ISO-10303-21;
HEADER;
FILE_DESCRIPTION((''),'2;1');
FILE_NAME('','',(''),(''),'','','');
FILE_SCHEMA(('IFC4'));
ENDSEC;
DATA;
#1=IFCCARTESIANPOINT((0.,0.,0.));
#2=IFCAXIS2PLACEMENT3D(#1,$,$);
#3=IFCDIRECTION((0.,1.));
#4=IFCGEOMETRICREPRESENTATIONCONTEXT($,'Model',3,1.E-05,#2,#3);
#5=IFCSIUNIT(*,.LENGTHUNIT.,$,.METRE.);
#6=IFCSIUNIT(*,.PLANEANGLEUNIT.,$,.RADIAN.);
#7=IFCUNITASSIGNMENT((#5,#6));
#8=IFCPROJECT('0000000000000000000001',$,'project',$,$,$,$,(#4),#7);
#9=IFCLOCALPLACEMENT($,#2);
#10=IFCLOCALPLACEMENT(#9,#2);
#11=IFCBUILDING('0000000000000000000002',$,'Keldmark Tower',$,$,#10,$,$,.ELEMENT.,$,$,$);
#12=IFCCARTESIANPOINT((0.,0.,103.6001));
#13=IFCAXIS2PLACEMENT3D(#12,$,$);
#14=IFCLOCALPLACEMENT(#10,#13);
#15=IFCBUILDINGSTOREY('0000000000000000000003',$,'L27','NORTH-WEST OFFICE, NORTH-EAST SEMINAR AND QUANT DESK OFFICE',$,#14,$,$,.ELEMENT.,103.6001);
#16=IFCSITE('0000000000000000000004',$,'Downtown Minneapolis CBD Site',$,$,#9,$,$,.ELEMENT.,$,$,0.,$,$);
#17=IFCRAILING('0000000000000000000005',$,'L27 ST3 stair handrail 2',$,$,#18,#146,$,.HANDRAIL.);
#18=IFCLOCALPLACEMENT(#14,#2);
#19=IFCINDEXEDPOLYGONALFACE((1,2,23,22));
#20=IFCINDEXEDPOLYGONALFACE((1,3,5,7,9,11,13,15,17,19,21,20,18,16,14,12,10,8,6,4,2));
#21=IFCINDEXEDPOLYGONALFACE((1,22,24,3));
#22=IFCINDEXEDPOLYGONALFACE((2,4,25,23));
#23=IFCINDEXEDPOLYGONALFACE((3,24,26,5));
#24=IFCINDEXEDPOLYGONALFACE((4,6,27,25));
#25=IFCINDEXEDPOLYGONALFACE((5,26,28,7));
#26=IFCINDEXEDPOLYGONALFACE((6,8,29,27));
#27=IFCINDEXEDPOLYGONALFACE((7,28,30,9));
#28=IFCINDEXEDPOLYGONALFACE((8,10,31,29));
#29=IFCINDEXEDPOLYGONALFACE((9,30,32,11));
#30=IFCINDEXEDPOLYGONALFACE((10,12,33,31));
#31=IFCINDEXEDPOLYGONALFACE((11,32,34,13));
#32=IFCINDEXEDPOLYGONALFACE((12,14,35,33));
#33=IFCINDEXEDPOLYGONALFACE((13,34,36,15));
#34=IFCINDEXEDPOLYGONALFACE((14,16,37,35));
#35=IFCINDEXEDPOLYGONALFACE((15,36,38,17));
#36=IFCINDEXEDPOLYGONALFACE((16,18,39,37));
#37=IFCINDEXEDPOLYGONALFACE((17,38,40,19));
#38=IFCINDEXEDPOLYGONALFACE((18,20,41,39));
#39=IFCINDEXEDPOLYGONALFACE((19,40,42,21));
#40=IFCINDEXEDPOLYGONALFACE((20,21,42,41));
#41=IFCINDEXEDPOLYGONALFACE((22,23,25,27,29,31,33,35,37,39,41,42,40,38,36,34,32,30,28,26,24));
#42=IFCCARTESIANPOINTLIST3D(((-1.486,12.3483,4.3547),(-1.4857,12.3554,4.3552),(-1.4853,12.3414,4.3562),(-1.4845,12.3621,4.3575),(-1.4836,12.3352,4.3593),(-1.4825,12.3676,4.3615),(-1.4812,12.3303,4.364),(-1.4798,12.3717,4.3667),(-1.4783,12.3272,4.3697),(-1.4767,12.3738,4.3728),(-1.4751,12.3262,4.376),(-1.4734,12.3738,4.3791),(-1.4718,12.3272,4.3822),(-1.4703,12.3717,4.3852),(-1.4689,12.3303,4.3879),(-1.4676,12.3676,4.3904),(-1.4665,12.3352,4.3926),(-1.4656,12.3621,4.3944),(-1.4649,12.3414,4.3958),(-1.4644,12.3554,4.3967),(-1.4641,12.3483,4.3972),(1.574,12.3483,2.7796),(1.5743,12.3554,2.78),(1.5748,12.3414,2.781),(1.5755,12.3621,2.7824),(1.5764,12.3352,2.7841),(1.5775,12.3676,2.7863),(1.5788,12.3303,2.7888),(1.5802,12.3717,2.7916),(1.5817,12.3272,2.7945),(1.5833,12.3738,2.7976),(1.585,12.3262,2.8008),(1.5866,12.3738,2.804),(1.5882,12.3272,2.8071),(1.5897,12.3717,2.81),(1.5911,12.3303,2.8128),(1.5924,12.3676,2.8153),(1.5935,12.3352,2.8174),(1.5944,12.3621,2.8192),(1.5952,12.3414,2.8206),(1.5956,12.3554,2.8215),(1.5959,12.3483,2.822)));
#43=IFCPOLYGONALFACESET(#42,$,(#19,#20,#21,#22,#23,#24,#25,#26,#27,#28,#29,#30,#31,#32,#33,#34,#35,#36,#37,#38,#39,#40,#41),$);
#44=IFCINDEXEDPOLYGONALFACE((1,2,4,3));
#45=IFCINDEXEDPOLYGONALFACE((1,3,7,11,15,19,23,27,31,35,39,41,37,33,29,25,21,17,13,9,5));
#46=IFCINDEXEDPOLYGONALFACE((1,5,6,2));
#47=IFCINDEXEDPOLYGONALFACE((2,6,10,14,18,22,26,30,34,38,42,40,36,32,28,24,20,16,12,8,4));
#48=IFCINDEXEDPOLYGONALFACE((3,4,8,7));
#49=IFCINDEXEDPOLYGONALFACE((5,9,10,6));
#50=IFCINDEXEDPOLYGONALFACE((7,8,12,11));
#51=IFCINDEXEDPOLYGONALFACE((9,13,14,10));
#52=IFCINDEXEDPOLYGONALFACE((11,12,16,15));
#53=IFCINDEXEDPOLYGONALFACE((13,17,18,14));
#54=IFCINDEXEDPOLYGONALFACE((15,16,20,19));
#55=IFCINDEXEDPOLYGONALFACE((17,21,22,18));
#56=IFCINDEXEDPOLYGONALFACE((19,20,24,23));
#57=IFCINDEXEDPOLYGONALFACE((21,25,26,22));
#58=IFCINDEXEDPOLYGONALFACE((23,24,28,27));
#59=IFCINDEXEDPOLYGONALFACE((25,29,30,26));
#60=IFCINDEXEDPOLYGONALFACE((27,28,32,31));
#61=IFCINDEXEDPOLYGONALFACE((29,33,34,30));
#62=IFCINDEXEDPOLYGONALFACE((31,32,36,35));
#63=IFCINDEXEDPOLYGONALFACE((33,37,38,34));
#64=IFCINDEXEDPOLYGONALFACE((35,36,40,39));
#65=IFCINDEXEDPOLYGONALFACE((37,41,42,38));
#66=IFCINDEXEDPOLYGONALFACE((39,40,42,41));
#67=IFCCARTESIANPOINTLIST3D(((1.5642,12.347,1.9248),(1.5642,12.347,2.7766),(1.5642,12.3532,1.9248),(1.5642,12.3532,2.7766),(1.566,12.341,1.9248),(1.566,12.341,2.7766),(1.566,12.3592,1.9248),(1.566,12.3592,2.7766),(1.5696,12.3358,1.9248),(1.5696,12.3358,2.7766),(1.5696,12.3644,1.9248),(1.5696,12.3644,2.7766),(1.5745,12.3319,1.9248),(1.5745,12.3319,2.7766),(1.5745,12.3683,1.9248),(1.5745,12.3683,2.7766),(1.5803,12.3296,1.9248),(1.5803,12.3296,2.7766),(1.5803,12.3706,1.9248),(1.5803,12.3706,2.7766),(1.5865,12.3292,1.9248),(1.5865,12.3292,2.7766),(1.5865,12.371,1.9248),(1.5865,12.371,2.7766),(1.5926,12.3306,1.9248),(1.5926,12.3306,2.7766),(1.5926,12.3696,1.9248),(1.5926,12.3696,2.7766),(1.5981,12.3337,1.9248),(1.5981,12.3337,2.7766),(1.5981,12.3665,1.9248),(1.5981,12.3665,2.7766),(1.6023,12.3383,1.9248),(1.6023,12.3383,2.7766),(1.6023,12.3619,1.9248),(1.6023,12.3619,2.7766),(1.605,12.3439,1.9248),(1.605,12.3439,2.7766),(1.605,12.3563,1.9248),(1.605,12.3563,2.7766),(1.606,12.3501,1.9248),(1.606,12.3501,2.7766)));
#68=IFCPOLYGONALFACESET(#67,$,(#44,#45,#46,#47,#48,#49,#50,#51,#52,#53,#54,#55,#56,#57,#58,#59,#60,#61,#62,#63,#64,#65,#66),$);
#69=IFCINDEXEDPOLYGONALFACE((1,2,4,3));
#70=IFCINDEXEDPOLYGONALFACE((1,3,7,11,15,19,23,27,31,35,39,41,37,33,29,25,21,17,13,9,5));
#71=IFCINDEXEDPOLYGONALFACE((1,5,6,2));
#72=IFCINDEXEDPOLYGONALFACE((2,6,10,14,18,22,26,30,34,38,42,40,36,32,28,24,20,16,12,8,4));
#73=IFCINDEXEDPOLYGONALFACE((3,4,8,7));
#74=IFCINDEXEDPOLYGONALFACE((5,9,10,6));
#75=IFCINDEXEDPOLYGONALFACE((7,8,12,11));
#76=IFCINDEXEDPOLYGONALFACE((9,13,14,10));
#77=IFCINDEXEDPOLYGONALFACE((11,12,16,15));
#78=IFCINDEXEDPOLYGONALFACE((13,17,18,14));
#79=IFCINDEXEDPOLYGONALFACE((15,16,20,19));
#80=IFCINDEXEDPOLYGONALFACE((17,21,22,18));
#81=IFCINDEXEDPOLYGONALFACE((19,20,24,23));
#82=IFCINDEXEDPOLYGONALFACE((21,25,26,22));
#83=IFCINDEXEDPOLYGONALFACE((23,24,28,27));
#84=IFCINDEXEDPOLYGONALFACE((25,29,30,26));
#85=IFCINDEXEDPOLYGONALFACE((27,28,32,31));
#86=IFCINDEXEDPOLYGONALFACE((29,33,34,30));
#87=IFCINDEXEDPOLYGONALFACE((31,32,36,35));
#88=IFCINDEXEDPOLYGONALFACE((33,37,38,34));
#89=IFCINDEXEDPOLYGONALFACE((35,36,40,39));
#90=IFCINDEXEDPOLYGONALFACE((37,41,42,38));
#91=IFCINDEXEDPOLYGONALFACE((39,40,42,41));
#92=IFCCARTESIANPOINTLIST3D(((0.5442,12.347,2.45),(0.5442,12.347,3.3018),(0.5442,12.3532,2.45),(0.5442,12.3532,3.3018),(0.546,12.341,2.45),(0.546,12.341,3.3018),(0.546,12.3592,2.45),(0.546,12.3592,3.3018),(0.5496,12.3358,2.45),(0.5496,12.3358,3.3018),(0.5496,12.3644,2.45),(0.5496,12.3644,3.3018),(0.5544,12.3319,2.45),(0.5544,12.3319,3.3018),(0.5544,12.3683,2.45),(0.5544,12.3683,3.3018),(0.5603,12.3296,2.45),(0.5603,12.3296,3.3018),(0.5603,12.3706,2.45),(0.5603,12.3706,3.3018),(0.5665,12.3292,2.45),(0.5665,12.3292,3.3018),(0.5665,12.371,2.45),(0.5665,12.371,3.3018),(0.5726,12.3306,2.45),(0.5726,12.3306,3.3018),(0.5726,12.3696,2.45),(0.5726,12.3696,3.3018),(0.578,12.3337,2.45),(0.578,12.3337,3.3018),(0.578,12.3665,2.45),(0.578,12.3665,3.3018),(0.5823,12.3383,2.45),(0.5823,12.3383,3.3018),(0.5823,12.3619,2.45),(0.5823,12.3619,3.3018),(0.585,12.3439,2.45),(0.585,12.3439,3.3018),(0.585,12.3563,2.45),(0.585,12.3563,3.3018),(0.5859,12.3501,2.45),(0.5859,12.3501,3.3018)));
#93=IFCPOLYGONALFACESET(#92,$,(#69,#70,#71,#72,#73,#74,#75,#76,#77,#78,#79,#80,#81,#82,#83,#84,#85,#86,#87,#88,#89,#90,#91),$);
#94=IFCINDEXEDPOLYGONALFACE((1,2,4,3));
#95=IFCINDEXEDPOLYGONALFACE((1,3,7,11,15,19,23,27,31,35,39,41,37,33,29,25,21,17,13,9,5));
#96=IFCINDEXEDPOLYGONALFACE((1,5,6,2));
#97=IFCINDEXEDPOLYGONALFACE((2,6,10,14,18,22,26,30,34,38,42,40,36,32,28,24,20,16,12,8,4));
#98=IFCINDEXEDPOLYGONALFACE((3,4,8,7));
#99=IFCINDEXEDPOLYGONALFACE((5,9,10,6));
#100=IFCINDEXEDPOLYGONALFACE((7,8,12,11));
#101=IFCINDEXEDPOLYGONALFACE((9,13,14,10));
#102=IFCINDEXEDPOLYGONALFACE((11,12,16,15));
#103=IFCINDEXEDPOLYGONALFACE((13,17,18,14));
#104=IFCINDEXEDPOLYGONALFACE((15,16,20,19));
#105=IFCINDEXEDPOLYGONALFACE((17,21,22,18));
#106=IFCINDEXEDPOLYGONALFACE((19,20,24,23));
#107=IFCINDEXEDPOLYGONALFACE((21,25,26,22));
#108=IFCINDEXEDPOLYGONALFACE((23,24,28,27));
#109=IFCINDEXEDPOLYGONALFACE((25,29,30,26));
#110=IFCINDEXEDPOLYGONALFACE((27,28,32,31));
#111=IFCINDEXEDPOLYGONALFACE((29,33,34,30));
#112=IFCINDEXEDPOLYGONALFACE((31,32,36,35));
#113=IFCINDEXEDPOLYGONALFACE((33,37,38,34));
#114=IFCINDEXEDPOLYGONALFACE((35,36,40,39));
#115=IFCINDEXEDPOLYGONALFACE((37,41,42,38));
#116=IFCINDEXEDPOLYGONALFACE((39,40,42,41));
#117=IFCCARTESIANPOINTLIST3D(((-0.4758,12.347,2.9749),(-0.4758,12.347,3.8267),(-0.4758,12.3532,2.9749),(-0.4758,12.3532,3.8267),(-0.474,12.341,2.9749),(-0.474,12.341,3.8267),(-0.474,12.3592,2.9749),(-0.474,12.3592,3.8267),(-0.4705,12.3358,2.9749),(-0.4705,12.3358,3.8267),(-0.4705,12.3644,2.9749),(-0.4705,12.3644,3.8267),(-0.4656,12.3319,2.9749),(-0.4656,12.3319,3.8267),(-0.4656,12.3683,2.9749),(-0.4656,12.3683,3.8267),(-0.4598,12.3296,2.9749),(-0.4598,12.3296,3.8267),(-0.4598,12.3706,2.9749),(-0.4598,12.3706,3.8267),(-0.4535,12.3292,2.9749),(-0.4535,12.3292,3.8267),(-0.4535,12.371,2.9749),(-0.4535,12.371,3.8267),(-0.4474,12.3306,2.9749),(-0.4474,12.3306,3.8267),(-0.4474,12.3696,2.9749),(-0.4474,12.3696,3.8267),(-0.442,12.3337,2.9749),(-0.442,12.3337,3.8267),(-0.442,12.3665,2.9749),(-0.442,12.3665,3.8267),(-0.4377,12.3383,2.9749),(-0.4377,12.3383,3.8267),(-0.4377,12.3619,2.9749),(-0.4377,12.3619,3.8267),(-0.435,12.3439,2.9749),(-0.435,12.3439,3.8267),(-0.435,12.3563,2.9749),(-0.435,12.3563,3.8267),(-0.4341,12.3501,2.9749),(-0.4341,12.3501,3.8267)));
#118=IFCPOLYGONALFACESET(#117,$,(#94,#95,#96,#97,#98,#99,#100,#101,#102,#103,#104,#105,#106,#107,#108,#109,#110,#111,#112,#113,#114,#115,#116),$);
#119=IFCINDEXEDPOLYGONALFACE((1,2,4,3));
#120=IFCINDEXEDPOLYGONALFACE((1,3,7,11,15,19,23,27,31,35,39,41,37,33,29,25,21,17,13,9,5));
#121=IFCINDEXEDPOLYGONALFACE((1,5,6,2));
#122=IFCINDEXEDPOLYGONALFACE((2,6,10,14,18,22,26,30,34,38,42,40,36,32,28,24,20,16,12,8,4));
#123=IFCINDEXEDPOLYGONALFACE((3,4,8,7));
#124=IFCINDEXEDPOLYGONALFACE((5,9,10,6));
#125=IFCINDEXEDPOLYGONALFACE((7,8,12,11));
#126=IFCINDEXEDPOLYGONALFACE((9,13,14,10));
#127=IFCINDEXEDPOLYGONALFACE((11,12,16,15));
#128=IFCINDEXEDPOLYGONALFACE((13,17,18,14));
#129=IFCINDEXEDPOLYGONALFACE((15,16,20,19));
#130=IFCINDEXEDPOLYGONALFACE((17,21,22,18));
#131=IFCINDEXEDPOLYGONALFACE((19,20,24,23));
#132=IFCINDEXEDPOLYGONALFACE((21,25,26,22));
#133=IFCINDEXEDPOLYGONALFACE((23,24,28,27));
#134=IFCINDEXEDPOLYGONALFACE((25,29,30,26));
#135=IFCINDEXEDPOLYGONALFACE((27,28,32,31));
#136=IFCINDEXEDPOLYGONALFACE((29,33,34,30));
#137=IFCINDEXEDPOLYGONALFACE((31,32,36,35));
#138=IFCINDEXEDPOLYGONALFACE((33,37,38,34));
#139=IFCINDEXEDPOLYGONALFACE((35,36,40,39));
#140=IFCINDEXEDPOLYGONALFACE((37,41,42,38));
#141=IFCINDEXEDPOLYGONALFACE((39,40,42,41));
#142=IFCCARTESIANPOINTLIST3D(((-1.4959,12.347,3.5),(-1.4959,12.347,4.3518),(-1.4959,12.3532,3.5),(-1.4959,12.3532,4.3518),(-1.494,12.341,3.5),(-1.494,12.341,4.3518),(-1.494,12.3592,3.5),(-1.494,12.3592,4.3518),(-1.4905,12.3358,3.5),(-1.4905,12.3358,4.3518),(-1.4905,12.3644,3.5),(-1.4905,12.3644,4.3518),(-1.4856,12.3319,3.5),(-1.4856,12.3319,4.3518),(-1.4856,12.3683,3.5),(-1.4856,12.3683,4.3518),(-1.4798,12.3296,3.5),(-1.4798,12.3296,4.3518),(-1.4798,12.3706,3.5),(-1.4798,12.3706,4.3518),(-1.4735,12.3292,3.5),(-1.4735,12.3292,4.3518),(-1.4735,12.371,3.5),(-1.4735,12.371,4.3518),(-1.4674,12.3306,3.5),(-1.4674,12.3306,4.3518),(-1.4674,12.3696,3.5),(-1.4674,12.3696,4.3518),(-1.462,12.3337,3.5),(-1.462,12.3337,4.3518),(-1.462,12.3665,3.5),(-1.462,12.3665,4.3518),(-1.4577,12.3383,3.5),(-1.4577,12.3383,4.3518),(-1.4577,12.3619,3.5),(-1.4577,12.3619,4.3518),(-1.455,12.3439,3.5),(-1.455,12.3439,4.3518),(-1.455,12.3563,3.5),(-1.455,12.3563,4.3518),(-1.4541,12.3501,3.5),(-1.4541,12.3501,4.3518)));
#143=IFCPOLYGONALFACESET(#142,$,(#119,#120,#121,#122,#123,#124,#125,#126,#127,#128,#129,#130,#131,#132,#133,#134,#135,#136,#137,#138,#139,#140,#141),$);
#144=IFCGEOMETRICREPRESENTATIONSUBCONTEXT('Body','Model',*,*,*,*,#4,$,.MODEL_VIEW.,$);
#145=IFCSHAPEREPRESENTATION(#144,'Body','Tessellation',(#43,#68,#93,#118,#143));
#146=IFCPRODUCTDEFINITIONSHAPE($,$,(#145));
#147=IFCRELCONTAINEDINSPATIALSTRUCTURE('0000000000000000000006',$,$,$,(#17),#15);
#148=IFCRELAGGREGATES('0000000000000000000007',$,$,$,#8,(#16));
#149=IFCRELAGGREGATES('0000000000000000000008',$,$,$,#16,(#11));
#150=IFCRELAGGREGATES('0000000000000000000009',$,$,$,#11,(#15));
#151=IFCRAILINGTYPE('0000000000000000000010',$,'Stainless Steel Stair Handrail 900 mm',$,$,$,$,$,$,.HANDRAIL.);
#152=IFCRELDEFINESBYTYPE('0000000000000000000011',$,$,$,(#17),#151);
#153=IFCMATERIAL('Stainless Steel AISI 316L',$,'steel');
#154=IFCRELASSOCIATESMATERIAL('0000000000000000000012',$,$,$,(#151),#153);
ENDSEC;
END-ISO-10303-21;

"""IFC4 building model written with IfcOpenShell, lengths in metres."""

from ifc_helpers import new_model, si_unit, direction, frame, origin, origin_2d, place, context, subcontext, project, spatial, circle, extrude, material, type_object, element, save


model = new_model("IFC4")

# Units and contexts
model_context = context("Model", 3, precision=1e-05, world=origin(), true_north=direction((0.0, 1.0)))
body_context = subcontext(model_context, "Body", "Model", "MODEL_VIEW")
ifc_project = project(units=[si_unit("LENGTHUNIT", "METRE"), si_unit("PLANEANGLEUNIT", "RADIAN")], contexts=[model_context])

# Site, building, storey
site_placement = place(None, origin())
site = spatial("IfcSite", under=ifc_project, at=site_placement, Name="Downtown Minneapolis CBD Site", CompositionType="ELEMENT", RefElevation=0.0)
building_placement = place(site_placement, origin())
building = spatial("IfcBuilding", under=site, at=building_placement, Name="Keldmark Tower", CompositionType="ELEMENT")
storey_placement = place(building_placement, frame((0.0, 0.0, 103.6001)))
storey = spatial("IfcBuildingStorey", under=building, at=storey_placement, Name="L27", Description="NORTH-WEST OFFICE, NORTH-EAST SEMINAR AND QUANT DESK OFFICE", CompositionType="ELEMENT", Elevation=103.6001)

# Railing
ifc_material_1 = material(Name="Stainless Steel AISI 316L", Category="steel")
railing_type_1 = type_object("IfcRailingType", Name="Stainless Steel Stair Handrail 900 mm", PredefinedType="HANDRAIL", material=ifc_material_1)
railing_1_placement = place(storey_placement, frame((1.585, 12.3501, 1.9248)))
element("IfcRailing", 1, at=railing_1_placement, inside=storey, type_object=railing_type_1, Name="L27 ST3 stair handrail 2", PredefinedType="HANDRAIL", context=body_context, shape_type="SweptSolid", body=[
    extrude(circle(Radius=0.0239, at=origin_2d()), frame((0.0, 0.0, 0.876), z_axis=(-0.889116, 0.0, 0.457681), x_axis=(0.0, -1.0, 0.0)), (0.0, 0.0, 1.0), 3.4417),
    extrude(circle(Radius=0.021, at=origin_2d()), origin(), (0.0, 0.0, 1.0), 0.8518),
    extrude(circle(Radius=0.021, at=origin_2d()), frame((-1.02, 0.0, 0.5251)), (0.0, 0.0, 1.0), 0.8518),
    extrude(circle(Radius=0.021, at=origin_2d()), frame((-2.04, 0.0, 1.05)), (0.0, 0.0, 1.0), 0.8518),
    extrude(circle(Radius=0.021, at=origin_2d()), frame((-3.0601, 0.0, 1.5752)), (0.0, 0.0, 1.0), 0.8518),
])

save(model, "model.ifc")
